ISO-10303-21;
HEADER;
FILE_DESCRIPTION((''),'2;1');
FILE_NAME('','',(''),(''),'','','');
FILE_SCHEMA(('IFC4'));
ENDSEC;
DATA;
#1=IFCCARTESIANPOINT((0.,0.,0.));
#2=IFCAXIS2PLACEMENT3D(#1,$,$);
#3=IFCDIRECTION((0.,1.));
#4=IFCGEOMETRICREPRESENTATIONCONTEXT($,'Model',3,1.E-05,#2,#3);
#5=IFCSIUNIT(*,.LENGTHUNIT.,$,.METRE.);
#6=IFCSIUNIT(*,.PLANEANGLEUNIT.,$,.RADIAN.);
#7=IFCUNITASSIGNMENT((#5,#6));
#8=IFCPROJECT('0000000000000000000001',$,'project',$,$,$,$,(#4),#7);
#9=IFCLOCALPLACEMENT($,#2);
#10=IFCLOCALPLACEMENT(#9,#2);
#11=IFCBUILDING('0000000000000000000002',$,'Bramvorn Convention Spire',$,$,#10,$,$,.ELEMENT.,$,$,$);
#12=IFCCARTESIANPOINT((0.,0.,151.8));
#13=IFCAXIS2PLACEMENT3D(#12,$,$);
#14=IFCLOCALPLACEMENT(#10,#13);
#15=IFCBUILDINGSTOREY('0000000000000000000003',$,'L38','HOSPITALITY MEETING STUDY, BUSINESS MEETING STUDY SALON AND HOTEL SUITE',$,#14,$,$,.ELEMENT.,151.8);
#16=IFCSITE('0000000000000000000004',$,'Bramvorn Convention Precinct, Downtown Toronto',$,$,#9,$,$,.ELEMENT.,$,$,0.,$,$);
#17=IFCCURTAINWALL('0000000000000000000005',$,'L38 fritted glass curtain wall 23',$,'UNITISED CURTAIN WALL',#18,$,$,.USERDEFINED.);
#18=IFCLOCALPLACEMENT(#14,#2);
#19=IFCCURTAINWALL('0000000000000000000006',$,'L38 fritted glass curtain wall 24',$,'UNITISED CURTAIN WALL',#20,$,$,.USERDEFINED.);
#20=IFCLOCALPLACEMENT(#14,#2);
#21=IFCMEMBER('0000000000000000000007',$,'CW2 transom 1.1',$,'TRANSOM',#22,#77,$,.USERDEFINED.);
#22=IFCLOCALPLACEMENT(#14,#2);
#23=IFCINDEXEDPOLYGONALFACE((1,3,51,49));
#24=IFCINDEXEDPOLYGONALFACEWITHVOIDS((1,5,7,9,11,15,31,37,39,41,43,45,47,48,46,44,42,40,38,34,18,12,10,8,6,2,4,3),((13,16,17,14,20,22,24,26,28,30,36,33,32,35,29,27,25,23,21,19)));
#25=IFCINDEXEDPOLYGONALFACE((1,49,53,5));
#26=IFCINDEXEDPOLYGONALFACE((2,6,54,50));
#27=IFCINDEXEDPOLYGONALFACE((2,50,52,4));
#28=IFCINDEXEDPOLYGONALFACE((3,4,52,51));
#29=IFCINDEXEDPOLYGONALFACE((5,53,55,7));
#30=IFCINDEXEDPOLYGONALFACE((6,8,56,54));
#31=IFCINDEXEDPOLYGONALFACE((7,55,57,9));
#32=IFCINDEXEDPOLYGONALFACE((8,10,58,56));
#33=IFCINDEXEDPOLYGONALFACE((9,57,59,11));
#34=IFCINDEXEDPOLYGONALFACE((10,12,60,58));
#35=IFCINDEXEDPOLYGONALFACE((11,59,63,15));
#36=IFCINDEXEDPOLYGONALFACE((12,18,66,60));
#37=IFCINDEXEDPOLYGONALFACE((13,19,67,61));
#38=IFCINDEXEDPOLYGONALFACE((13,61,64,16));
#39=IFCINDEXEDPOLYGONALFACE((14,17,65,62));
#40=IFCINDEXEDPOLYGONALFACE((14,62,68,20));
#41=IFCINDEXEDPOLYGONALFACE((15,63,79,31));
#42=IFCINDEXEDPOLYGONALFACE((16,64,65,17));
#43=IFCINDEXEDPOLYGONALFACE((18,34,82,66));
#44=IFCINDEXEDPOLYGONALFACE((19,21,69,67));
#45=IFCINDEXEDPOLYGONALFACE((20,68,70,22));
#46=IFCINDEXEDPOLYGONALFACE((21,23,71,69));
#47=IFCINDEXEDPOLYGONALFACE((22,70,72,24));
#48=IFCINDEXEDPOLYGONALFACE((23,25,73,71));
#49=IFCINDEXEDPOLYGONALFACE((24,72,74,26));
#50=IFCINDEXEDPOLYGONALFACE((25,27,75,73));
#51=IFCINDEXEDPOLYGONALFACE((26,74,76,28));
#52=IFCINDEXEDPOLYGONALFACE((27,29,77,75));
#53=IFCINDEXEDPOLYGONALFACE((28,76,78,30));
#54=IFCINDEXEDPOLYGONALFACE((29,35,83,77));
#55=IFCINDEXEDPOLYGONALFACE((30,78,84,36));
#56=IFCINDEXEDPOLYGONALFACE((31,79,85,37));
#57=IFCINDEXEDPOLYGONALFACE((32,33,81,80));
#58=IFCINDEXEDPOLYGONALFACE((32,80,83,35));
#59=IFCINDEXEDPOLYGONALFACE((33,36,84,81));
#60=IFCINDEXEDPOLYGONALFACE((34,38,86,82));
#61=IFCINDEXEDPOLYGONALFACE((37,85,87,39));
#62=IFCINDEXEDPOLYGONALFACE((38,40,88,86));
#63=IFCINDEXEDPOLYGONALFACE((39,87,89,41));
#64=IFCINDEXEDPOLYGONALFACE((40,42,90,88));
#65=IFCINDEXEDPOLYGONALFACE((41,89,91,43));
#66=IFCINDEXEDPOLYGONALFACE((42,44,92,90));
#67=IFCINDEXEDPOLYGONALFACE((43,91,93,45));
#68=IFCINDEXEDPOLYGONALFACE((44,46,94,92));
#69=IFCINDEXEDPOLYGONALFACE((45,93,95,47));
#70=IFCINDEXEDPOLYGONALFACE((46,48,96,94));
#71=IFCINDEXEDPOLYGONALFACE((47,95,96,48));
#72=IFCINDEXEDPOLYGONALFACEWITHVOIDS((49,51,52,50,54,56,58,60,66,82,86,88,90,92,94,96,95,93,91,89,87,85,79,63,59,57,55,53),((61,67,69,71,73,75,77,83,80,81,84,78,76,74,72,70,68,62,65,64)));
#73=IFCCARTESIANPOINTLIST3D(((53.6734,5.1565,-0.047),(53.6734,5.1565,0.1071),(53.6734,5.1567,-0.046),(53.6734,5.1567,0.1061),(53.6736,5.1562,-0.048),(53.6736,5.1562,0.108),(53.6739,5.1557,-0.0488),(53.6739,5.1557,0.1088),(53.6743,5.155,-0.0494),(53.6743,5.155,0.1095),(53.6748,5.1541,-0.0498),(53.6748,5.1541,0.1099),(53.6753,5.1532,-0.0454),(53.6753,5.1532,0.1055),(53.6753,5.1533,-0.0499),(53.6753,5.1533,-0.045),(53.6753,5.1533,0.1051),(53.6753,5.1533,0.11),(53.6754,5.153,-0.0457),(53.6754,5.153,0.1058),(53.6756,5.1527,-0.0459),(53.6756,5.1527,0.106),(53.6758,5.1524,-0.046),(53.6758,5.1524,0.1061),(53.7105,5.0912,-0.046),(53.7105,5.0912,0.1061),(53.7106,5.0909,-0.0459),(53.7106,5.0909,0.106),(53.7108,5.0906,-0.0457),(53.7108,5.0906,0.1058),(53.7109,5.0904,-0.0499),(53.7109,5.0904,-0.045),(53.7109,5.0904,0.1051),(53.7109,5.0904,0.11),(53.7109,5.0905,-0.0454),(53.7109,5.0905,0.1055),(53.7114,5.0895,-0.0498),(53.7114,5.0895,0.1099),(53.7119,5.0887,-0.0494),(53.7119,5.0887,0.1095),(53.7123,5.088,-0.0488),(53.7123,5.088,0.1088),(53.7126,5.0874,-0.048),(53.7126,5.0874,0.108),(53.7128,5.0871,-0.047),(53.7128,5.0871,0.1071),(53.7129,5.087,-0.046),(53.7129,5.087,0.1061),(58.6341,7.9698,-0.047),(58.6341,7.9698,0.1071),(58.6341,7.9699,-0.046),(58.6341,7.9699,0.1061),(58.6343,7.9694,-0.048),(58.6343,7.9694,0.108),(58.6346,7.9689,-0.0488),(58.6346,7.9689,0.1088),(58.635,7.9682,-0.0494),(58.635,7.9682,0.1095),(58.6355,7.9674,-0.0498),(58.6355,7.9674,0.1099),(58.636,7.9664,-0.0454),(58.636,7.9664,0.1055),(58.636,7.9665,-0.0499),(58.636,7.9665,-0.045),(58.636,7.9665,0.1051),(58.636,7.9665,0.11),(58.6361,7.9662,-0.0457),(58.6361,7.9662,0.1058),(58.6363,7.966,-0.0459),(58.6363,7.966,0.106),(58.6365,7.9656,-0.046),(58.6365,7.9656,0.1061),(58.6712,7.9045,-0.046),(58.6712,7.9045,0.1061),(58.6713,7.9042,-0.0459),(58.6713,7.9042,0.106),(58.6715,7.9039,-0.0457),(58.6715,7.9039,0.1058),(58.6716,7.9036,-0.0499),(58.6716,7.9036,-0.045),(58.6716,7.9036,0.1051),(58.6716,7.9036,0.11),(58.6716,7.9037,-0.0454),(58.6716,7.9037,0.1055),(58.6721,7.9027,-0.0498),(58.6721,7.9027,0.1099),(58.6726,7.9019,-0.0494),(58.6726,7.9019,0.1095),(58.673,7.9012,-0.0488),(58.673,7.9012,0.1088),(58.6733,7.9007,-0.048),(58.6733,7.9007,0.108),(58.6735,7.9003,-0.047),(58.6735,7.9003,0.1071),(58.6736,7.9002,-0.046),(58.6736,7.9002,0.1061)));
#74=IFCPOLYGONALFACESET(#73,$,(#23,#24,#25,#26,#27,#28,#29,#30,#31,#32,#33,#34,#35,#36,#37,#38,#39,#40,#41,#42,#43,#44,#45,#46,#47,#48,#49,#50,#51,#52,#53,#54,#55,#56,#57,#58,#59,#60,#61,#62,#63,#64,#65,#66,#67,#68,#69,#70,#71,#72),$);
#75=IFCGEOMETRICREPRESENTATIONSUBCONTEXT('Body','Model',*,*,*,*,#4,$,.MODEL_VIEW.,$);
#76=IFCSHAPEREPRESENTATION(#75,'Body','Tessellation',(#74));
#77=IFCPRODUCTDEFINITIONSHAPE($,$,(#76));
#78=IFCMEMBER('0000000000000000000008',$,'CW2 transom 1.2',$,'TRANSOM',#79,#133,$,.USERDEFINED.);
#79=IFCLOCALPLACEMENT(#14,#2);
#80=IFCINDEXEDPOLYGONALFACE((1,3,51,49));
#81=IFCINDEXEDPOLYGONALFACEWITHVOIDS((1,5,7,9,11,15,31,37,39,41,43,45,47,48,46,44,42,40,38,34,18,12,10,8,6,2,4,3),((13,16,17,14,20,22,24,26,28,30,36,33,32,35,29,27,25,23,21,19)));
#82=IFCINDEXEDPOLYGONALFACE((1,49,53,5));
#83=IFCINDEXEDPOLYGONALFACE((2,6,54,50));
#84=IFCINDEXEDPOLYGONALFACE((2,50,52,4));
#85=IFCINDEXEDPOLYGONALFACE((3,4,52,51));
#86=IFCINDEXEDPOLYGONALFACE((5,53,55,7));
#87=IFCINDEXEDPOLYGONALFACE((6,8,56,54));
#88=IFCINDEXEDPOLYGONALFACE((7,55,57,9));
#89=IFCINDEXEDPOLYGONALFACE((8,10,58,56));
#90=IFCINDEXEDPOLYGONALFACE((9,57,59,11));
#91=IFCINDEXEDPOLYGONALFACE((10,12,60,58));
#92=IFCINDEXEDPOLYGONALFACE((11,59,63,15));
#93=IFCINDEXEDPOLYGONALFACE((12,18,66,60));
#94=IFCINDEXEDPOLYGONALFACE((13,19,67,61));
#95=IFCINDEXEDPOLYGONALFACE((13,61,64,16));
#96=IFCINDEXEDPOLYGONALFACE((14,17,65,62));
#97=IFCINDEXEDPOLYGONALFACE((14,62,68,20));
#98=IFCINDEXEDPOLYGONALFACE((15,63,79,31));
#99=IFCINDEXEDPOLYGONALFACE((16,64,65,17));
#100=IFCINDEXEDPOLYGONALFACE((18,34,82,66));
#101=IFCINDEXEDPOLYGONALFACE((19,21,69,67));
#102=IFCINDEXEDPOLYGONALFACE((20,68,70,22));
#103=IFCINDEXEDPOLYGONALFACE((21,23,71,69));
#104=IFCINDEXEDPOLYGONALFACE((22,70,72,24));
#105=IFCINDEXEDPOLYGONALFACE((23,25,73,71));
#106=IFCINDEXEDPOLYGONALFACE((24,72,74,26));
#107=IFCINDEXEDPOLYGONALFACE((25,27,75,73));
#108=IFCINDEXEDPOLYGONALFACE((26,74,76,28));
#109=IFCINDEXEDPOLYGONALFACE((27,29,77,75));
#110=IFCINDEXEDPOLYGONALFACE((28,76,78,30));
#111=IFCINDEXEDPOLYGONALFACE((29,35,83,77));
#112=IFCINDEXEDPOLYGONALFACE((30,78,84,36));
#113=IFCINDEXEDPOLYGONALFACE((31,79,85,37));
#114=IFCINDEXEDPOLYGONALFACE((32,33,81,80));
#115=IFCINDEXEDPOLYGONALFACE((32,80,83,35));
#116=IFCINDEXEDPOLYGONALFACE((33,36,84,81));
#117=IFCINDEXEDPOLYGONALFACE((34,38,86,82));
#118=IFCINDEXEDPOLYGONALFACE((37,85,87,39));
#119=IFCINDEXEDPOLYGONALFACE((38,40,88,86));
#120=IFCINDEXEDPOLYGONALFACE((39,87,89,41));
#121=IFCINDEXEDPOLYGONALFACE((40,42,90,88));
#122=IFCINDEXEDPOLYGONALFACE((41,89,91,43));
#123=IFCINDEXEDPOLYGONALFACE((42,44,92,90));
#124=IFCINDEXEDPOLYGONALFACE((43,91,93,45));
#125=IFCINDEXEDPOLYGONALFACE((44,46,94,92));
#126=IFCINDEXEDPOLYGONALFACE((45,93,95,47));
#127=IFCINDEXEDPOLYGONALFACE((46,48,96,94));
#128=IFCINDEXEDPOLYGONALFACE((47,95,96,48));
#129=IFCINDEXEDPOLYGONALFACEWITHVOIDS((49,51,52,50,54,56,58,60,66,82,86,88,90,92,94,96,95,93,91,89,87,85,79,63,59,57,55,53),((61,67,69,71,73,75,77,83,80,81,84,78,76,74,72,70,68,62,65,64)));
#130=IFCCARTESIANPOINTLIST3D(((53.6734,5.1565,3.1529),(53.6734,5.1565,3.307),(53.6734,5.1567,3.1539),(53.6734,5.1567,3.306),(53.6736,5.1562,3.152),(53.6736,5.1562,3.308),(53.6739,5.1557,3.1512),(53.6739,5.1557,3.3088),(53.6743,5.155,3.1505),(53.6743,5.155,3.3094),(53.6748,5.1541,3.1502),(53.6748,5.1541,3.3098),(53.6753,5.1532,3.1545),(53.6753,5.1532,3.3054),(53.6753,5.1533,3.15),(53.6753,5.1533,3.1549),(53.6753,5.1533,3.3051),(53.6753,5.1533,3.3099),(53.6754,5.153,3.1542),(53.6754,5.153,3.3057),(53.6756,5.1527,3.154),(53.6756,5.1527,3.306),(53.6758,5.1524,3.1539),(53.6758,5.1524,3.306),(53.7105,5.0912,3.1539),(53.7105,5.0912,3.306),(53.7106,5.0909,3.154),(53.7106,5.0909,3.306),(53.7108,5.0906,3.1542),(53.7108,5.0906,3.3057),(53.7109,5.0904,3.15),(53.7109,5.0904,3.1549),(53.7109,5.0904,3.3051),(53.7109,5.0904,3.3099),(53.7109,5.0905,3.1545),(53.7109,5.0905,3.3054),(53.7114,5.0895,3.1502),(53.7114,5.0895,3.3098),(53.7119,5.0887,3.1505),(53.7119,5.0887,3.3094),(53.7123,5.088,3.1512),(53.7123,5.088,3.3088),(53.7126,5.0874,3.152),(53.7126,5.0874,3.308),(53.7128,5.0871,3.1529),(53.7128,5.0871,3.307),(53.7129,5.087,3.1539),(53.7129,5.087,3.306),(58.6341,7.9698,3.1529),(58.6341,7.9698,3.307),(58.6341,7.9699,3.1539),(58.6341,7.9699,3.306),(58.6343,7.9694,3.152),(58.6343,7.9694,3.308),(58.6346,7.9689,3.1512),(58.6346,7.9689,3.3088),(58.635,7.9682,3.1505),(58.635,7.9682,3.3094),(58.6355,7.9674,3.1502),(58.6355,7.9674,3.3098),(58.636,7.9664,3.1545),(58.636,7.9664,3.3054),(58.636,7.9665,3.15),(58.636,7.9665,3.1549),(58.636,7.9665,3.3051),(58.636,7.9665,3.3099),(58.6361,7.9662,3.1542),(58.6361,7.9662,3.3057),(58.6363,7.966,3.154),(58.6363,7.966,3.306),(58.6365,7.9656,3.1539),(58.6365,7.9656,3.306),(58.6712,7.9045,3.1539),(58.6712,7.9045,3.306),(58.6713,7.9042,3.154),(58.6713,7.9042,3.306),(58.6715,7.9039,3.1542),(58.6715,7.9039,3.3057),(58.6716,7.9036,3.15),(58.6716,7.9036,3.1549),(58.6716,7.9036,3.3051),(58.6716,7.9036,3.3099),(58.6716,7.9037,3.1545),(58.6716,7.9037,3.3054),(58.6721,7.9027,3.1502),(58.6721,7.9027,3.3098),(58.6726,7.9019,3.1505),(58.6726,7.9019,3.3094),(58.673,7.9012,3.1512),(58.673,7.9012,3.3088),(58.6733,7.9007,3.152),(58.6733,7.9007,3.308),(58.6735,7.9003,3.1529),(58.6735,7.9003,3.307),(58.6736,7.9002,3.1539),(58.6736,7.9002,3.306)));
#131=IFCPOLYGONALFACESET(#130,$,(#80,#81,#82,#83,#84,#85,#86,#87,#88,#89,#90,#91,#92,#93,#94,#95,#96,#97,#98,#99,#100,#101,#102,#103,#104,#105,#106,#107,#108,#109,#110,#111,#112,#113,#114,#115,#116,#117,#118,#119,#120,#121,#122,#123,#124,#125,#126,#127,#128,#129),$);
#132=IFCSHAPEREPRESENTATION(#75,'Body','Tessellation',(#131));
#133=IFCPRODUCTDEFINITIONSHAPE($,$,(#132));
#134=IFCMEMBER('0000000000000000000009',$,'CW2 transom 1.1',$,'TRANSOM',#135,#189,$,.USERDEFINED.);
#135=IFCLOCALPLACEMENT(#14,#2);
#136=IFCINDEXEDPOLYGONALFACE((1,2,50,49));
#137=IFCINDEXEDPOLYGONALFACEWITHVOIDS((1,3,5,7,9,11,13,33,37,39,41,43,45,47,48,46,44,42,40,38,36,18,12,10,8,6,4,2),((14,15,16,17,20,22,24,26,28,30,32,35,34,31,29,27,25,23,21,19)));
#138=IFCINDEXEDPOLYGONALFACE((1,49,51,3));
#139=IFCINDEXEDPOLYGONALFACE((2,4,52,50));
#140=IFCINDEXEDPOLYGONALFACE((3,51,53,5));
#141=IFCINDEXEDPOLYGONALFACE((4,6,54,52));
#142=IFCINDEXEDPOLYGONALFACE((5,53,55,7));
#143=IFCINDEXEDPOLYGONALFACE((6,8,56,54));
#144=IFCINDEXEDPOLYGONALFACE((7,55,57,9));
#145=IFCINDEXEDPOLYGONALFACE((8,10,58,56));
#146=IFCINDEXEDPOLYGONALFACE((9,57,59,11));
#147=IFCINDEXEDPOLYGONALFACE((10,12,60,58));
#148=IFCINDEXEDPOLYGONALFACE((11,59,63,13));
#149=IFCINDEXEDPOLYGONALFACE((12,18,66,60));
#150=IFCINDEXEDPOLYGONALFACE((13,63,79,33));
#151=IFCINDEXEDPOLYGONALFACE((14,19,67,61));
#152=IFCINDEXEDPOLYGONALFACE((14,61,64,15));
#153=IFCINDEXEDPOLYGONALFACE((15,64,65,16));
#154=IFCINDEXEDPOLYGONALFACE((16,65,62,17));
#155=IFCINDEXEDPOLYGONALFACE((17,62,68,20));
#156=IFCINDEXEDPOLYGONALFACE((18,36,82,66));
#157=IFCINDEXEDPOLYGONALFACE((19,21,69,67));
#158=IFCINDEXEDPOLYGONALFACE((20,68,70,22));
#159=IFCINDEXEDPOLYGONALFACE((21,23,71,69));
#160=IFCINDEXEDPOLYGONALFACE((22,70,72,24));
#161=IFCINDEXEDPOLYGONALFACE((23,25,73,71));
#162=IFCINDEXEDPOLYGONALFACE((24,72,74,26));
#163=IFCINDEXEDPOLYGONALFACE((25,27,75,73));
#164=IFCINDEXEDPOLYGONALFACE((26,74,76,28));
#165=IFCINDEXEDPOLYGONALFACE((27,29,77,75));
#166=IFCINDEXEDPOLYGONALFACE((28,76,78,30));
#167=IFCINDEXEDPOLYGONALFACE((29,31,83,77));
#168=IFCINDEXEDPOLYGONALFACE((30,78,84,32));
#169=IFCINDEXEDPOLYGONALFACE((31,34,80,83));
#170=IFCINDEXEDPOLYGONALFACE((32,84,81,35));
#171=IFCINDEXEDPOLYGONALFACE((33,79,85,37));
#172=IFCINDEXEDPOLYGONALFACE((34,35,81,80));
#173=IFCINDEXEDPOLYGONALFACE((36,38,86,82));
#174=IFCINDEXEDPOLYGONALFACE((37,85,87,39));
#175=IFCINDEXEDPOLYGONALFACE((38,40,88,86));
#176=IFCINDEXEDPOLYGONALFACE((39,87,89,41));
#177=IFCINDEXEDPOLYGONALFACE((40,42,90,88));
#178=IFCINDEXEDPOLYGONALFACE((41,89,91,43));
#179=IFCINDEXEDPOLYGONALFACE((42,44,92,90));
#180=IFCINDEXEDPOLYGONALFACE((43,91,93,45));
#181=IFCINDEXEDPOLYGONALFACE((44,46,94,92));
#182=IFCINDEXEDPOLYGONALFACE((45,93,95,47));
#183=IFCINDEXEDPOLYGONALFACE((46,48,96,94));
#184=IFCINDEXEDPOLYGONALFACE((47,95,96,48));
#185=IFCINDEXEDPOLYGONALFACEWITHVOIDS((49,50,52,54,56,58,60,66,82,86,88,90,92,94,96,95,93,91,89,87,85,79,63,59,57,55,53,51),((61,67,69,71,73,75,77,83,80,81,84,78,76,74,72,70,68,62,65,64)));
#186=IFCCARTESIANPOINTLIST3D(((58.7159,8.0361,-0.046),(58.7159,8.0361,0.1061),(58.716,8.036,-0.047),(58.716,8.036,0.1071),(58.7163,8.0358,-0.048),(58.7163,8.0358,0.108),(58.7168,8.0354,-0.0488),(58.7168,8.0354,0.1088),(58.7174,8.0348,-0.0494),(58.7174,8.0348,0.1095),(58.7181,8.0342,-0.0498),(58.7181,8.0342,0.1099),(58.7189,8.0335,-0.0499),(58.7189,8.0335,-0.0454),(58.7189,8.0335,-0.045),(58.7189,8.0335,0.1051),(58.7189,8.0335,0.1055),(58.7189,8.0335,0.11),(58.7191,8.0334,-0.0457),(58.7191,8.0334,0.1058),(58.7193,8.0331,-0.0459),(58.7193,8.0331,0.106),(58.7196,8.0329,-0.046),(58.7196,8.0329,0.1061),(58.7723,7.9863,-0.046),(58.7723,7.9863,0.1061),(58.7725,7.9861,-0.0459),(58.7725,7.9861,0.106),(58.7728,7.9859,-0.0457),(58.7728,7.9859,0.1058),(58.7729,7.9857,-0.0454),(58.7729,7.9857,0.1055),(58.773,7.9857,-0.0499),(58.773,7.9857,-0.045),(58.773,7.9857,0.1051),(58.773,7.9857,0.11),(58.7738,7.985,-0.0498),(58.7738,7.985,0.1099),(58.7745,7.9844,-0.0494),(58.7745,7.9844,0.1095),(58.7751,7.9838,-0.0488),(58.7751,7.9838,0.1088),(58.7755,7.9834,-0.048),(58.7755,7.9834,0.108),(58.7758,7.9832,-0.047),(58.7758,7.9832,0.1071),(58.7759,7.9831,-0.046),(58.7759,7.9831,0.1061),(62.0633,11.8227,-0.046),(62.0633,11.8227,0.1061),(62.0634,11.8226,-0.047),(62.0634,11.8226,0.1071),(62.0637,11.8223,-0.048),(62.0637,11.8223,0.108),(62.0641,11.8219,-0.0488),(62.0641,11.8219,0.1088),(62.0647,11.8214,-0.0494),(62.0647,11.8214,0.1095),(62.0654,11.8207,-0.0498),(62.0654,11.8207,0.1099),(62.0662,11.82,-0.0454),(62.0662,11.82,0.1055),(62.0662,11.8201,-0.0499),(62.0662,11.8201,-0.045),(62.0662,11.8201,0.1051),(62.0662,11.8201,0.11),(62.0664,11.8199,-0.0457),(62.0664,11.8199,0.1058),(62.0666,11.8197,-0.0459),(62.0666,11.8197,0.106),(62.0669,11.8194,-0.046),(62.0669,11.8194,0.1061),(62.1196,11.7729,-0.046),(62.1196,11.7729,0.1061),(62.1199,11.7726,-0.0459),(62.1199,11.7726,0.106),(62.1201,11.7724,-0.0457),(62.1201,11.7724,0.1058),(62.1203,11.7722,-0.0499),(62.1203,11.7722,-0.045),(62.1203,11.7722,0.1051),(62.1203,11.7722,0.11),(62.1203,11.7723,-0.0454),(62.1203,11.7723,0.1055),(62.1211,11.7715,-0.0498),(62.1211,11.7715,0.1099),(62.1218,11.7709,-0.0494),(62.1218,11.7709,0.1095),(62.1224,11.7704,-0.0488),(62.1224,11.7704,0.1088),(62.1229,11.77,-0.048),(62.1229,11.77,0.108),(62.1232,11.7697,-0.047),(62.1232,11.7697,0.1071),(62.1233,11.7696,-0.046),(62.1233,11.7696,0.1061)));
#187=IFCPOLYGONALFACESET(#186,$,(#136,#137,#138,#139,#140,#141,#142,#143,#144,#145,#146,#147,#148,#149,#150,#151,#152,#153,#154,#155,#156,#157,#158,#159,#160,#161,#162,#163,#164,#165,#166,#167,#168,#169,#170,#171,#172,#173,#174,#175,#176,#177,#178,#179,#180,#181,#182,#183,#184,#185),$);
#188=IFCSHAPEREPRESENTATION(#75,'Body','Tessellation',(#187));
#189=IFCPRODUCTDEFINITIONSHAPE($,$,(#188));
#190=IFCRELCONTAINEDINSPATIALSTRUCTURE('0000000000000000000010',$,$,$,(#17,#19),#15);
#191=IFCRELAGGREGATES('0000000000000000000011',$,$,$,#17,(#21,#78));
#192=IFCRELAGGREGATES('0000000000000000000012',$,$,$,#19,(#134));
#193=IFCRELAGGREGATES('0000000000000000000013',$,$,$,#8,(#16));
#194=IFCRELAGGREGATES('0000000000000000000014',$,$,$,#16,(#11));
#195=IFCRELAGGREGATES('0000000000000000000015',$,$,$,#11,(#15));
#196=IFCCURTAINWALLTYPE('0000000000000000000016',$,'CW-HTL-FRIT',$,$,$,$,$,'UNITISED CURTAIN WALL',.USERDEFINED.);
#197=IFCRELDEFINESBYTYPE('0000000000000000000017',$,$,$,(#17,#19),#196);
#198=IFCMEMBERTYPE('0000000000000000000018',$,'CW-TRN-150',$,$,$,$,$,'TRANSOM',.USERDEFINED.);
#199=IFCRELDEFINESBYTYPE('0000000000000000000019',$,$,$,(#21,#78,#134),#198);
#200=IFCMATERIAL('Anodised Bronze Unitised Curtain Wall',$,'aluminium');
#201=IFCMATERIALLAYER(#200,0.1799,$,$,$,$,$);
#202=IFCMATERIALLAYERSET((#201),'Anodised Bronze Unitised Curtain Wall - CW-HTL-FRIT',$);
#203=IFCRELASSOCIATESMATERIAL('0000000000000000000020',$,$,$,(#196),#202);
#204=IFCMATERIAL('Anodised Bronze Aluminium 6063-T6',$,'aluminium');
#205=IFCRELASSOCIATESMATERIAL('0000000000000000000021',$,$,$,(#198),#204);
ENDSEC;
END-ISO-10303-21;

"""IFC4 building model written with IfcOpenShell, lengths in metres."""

from ifc_helpers import new_model, si_unit, direction, frame, origin, origin_2d, place, context, subcontext, project, spatial, hollow_rectangle, extrude, material, layer, layer_set, material_profile, profile_set, type_object, element, aggregate, save


model = new_model("IFC4")

# Units and contexts
model_context = context("Model", 3, precision=1e-05, world=origin(), true_north=direction((0.0, 1.0)))
body_context = subcontext(model_context, "Body", "Model", "MODEL_VIEW")
ifc_project = project(units=[si_unit("LENGTHUNIT", "METRE"), si_unit("PLANEANGLEUNIT", "RADIAN")], contexts=[model_context])

# Site, building, storey
site_placement = place(None, origin())
site = spatial("IfcSite", under=ifc_project, at=site_placement, Name="Bramvorn Convention Precinct, Downtown Toronto", CompositionType="ELEMENT", RefElevation=0.0)
building_placement = place(site_placement, origin())
building = spatial("IfcBuilding", under=site, at=building_placement, Name="Bramvorn Convention Spire", CompositionType="ELEMENT")
storey_placement = place(building_placement, frame((0.0, 0.0, 151.8)))
storey = spatial("IfcBuildingStorey", under=building, at=storey_placement, Name="L38", Description="HOSPITALITY MEETING STUDY, BUSINESS MEETING STUDY SALON AND HOTEL SUITE", CompositionType="ELEMENT", Elevation=151.8)

# Curtain walls
ifc_material_1 = material(Name="Anodised Bronze Unitised Curtain Wall", Category="aluminium")
ifc_layer_1 = layer(ifc_material_1, 0.1799)
ifc_layer_set_1 = layer_set([ifc_layer_1], Name="Anodised Bronze Unitised Curtain Wall - CW-HTL-FRIT")
curtain_wall_type = type_object("IfcCurtainWallType", Name="CW-HTL-FRIT", ElementType="UNITISED CURTAIN WALL", PredefinedType="USERDEFINED", material=ifc_layer_set_1)
curtain_wall_1_placement = place(storey_placement, origin())
curtain_wall_1 = element("IfcCurtainWall", 1, at=curtain_wall_1_placement, inside=storey, type_object=curtain_wall_type, Name="L38 fritted glass curtain wall 23", ObjectType="UNITISED CURTAIN WALL", PredefinedType="USERDEFINED")
ifc_material_2 = material(Name="Anodised Bronze Aluminium 6063-T6", Category="aluminium")
curtain_wall_2_placement = place(storey_placement, origin())
curtain_wall_2 = element("IfcCurtainWall", 2, at=curtain_wall_2_placement, inside=storey, type_object=curtain_wall_type, Name="L38 fritted glass curtain wall 24", ObjectType="UNITISED CURTAIN WALL", PredefinedType="USERDEFINED")

# Members
ifc_material_profile_1 = material_profile(ifc_material_2, hollow_rectangle(XDim=0.0801, YDim=0.1599, WallThickness=0.0039, InnerFilletRadius=0.001, OuterFilletRadius=0.0039, at=origin_2d()))
ifc_profile_set_1 = profile_set([ifc_material_profile_1], Name="Anodised Bronze Aluminium 6063-T6 - CWT80X160")
member_type_1 = type_object("IfcMemberType", Name="CW-TRN-150", ElementType="TRANSOM", PredefinedType="USERDEFINED", material=ifc_profile_set_1)
member_1_placement = place(storey_placement, frame((58.6538, 7.9351, 0.03), z_axis=(-0.869859, -0.493301, 0.0), x_axis=(0.493301, -0.869859, 0.0)))
member_1 = element("IfcMember", 3, at=member_1_placement, type_object=member_type_1, Name="CW2 transom 1.1", ObjectType="TRANSOM", PredefinedType="USERDEFINED", context=body_context, shape_type="SweptSolid", body=[
    extrude(hollow_rectangle(XDim=0.0801, YDim=0.1599, WallThickness=0.0039, InnerFilletRadius=0.001, OuterFilletRadius=0.0039, at=origin_2d()), origin(), (0.0, 0.0, 1.0), 5.7029),
])
member_2_placement = place(storey_placement, frame((58.6538, 7.9351, 3.23), z_axis=(-0.869859, -0.493301, 0.0), x_axis=(0.493301, -0.869859, 0.0)))
member_2 = element("IfcMember", 4, at=member_2_placement, type_object=member_type_1, Name="CW2 transom 1.2", ObjectType="TRANSOM", PredefinedType="USERDEFINED", context=body_context, shape_type="SweptSolid", body=[
    extrude(hollow_rectangle(XDim=0.0801, YDim=0.1599, WallThickness=0.0039, InnerFilletRadius=0.001, OuterFilletRadius=0.0039, at=origin_2d()), origin(), (0.0, 0.0, 1.0), 5.7029),
])
member_3_placement = place(storey_placement, frame((62.0933, 11.7961, 0.03), z_axis=(-0.66232, -0.749221, 0.0), x_axis=(0.749221, -0.66232, 0.0)))
member_3 = element("IfcMember", 5, at=member_3_placement, type_object=member_type_1, Name="CW2 transom 1.1", ObjectType="TRANSOM", PredefinedType="USERDEFINED", context=body_context, shape_type="SweptSolid", body=[
    extrude(hollow_rectangle(XDim=0.0801, YDim=0.1599, WallThickness=0.0039, InnerFilletRadius=0.001, OuterFilletRadius=0.0039, at=origin_2d()), origin(), (0.0, 0.0, 1.0), 5.054),
])

aggregate(curtain_wall_1, [member_1, member_2])
aggregate(curtain_wall_2, [member_3])

save(model, "model.ifc")
